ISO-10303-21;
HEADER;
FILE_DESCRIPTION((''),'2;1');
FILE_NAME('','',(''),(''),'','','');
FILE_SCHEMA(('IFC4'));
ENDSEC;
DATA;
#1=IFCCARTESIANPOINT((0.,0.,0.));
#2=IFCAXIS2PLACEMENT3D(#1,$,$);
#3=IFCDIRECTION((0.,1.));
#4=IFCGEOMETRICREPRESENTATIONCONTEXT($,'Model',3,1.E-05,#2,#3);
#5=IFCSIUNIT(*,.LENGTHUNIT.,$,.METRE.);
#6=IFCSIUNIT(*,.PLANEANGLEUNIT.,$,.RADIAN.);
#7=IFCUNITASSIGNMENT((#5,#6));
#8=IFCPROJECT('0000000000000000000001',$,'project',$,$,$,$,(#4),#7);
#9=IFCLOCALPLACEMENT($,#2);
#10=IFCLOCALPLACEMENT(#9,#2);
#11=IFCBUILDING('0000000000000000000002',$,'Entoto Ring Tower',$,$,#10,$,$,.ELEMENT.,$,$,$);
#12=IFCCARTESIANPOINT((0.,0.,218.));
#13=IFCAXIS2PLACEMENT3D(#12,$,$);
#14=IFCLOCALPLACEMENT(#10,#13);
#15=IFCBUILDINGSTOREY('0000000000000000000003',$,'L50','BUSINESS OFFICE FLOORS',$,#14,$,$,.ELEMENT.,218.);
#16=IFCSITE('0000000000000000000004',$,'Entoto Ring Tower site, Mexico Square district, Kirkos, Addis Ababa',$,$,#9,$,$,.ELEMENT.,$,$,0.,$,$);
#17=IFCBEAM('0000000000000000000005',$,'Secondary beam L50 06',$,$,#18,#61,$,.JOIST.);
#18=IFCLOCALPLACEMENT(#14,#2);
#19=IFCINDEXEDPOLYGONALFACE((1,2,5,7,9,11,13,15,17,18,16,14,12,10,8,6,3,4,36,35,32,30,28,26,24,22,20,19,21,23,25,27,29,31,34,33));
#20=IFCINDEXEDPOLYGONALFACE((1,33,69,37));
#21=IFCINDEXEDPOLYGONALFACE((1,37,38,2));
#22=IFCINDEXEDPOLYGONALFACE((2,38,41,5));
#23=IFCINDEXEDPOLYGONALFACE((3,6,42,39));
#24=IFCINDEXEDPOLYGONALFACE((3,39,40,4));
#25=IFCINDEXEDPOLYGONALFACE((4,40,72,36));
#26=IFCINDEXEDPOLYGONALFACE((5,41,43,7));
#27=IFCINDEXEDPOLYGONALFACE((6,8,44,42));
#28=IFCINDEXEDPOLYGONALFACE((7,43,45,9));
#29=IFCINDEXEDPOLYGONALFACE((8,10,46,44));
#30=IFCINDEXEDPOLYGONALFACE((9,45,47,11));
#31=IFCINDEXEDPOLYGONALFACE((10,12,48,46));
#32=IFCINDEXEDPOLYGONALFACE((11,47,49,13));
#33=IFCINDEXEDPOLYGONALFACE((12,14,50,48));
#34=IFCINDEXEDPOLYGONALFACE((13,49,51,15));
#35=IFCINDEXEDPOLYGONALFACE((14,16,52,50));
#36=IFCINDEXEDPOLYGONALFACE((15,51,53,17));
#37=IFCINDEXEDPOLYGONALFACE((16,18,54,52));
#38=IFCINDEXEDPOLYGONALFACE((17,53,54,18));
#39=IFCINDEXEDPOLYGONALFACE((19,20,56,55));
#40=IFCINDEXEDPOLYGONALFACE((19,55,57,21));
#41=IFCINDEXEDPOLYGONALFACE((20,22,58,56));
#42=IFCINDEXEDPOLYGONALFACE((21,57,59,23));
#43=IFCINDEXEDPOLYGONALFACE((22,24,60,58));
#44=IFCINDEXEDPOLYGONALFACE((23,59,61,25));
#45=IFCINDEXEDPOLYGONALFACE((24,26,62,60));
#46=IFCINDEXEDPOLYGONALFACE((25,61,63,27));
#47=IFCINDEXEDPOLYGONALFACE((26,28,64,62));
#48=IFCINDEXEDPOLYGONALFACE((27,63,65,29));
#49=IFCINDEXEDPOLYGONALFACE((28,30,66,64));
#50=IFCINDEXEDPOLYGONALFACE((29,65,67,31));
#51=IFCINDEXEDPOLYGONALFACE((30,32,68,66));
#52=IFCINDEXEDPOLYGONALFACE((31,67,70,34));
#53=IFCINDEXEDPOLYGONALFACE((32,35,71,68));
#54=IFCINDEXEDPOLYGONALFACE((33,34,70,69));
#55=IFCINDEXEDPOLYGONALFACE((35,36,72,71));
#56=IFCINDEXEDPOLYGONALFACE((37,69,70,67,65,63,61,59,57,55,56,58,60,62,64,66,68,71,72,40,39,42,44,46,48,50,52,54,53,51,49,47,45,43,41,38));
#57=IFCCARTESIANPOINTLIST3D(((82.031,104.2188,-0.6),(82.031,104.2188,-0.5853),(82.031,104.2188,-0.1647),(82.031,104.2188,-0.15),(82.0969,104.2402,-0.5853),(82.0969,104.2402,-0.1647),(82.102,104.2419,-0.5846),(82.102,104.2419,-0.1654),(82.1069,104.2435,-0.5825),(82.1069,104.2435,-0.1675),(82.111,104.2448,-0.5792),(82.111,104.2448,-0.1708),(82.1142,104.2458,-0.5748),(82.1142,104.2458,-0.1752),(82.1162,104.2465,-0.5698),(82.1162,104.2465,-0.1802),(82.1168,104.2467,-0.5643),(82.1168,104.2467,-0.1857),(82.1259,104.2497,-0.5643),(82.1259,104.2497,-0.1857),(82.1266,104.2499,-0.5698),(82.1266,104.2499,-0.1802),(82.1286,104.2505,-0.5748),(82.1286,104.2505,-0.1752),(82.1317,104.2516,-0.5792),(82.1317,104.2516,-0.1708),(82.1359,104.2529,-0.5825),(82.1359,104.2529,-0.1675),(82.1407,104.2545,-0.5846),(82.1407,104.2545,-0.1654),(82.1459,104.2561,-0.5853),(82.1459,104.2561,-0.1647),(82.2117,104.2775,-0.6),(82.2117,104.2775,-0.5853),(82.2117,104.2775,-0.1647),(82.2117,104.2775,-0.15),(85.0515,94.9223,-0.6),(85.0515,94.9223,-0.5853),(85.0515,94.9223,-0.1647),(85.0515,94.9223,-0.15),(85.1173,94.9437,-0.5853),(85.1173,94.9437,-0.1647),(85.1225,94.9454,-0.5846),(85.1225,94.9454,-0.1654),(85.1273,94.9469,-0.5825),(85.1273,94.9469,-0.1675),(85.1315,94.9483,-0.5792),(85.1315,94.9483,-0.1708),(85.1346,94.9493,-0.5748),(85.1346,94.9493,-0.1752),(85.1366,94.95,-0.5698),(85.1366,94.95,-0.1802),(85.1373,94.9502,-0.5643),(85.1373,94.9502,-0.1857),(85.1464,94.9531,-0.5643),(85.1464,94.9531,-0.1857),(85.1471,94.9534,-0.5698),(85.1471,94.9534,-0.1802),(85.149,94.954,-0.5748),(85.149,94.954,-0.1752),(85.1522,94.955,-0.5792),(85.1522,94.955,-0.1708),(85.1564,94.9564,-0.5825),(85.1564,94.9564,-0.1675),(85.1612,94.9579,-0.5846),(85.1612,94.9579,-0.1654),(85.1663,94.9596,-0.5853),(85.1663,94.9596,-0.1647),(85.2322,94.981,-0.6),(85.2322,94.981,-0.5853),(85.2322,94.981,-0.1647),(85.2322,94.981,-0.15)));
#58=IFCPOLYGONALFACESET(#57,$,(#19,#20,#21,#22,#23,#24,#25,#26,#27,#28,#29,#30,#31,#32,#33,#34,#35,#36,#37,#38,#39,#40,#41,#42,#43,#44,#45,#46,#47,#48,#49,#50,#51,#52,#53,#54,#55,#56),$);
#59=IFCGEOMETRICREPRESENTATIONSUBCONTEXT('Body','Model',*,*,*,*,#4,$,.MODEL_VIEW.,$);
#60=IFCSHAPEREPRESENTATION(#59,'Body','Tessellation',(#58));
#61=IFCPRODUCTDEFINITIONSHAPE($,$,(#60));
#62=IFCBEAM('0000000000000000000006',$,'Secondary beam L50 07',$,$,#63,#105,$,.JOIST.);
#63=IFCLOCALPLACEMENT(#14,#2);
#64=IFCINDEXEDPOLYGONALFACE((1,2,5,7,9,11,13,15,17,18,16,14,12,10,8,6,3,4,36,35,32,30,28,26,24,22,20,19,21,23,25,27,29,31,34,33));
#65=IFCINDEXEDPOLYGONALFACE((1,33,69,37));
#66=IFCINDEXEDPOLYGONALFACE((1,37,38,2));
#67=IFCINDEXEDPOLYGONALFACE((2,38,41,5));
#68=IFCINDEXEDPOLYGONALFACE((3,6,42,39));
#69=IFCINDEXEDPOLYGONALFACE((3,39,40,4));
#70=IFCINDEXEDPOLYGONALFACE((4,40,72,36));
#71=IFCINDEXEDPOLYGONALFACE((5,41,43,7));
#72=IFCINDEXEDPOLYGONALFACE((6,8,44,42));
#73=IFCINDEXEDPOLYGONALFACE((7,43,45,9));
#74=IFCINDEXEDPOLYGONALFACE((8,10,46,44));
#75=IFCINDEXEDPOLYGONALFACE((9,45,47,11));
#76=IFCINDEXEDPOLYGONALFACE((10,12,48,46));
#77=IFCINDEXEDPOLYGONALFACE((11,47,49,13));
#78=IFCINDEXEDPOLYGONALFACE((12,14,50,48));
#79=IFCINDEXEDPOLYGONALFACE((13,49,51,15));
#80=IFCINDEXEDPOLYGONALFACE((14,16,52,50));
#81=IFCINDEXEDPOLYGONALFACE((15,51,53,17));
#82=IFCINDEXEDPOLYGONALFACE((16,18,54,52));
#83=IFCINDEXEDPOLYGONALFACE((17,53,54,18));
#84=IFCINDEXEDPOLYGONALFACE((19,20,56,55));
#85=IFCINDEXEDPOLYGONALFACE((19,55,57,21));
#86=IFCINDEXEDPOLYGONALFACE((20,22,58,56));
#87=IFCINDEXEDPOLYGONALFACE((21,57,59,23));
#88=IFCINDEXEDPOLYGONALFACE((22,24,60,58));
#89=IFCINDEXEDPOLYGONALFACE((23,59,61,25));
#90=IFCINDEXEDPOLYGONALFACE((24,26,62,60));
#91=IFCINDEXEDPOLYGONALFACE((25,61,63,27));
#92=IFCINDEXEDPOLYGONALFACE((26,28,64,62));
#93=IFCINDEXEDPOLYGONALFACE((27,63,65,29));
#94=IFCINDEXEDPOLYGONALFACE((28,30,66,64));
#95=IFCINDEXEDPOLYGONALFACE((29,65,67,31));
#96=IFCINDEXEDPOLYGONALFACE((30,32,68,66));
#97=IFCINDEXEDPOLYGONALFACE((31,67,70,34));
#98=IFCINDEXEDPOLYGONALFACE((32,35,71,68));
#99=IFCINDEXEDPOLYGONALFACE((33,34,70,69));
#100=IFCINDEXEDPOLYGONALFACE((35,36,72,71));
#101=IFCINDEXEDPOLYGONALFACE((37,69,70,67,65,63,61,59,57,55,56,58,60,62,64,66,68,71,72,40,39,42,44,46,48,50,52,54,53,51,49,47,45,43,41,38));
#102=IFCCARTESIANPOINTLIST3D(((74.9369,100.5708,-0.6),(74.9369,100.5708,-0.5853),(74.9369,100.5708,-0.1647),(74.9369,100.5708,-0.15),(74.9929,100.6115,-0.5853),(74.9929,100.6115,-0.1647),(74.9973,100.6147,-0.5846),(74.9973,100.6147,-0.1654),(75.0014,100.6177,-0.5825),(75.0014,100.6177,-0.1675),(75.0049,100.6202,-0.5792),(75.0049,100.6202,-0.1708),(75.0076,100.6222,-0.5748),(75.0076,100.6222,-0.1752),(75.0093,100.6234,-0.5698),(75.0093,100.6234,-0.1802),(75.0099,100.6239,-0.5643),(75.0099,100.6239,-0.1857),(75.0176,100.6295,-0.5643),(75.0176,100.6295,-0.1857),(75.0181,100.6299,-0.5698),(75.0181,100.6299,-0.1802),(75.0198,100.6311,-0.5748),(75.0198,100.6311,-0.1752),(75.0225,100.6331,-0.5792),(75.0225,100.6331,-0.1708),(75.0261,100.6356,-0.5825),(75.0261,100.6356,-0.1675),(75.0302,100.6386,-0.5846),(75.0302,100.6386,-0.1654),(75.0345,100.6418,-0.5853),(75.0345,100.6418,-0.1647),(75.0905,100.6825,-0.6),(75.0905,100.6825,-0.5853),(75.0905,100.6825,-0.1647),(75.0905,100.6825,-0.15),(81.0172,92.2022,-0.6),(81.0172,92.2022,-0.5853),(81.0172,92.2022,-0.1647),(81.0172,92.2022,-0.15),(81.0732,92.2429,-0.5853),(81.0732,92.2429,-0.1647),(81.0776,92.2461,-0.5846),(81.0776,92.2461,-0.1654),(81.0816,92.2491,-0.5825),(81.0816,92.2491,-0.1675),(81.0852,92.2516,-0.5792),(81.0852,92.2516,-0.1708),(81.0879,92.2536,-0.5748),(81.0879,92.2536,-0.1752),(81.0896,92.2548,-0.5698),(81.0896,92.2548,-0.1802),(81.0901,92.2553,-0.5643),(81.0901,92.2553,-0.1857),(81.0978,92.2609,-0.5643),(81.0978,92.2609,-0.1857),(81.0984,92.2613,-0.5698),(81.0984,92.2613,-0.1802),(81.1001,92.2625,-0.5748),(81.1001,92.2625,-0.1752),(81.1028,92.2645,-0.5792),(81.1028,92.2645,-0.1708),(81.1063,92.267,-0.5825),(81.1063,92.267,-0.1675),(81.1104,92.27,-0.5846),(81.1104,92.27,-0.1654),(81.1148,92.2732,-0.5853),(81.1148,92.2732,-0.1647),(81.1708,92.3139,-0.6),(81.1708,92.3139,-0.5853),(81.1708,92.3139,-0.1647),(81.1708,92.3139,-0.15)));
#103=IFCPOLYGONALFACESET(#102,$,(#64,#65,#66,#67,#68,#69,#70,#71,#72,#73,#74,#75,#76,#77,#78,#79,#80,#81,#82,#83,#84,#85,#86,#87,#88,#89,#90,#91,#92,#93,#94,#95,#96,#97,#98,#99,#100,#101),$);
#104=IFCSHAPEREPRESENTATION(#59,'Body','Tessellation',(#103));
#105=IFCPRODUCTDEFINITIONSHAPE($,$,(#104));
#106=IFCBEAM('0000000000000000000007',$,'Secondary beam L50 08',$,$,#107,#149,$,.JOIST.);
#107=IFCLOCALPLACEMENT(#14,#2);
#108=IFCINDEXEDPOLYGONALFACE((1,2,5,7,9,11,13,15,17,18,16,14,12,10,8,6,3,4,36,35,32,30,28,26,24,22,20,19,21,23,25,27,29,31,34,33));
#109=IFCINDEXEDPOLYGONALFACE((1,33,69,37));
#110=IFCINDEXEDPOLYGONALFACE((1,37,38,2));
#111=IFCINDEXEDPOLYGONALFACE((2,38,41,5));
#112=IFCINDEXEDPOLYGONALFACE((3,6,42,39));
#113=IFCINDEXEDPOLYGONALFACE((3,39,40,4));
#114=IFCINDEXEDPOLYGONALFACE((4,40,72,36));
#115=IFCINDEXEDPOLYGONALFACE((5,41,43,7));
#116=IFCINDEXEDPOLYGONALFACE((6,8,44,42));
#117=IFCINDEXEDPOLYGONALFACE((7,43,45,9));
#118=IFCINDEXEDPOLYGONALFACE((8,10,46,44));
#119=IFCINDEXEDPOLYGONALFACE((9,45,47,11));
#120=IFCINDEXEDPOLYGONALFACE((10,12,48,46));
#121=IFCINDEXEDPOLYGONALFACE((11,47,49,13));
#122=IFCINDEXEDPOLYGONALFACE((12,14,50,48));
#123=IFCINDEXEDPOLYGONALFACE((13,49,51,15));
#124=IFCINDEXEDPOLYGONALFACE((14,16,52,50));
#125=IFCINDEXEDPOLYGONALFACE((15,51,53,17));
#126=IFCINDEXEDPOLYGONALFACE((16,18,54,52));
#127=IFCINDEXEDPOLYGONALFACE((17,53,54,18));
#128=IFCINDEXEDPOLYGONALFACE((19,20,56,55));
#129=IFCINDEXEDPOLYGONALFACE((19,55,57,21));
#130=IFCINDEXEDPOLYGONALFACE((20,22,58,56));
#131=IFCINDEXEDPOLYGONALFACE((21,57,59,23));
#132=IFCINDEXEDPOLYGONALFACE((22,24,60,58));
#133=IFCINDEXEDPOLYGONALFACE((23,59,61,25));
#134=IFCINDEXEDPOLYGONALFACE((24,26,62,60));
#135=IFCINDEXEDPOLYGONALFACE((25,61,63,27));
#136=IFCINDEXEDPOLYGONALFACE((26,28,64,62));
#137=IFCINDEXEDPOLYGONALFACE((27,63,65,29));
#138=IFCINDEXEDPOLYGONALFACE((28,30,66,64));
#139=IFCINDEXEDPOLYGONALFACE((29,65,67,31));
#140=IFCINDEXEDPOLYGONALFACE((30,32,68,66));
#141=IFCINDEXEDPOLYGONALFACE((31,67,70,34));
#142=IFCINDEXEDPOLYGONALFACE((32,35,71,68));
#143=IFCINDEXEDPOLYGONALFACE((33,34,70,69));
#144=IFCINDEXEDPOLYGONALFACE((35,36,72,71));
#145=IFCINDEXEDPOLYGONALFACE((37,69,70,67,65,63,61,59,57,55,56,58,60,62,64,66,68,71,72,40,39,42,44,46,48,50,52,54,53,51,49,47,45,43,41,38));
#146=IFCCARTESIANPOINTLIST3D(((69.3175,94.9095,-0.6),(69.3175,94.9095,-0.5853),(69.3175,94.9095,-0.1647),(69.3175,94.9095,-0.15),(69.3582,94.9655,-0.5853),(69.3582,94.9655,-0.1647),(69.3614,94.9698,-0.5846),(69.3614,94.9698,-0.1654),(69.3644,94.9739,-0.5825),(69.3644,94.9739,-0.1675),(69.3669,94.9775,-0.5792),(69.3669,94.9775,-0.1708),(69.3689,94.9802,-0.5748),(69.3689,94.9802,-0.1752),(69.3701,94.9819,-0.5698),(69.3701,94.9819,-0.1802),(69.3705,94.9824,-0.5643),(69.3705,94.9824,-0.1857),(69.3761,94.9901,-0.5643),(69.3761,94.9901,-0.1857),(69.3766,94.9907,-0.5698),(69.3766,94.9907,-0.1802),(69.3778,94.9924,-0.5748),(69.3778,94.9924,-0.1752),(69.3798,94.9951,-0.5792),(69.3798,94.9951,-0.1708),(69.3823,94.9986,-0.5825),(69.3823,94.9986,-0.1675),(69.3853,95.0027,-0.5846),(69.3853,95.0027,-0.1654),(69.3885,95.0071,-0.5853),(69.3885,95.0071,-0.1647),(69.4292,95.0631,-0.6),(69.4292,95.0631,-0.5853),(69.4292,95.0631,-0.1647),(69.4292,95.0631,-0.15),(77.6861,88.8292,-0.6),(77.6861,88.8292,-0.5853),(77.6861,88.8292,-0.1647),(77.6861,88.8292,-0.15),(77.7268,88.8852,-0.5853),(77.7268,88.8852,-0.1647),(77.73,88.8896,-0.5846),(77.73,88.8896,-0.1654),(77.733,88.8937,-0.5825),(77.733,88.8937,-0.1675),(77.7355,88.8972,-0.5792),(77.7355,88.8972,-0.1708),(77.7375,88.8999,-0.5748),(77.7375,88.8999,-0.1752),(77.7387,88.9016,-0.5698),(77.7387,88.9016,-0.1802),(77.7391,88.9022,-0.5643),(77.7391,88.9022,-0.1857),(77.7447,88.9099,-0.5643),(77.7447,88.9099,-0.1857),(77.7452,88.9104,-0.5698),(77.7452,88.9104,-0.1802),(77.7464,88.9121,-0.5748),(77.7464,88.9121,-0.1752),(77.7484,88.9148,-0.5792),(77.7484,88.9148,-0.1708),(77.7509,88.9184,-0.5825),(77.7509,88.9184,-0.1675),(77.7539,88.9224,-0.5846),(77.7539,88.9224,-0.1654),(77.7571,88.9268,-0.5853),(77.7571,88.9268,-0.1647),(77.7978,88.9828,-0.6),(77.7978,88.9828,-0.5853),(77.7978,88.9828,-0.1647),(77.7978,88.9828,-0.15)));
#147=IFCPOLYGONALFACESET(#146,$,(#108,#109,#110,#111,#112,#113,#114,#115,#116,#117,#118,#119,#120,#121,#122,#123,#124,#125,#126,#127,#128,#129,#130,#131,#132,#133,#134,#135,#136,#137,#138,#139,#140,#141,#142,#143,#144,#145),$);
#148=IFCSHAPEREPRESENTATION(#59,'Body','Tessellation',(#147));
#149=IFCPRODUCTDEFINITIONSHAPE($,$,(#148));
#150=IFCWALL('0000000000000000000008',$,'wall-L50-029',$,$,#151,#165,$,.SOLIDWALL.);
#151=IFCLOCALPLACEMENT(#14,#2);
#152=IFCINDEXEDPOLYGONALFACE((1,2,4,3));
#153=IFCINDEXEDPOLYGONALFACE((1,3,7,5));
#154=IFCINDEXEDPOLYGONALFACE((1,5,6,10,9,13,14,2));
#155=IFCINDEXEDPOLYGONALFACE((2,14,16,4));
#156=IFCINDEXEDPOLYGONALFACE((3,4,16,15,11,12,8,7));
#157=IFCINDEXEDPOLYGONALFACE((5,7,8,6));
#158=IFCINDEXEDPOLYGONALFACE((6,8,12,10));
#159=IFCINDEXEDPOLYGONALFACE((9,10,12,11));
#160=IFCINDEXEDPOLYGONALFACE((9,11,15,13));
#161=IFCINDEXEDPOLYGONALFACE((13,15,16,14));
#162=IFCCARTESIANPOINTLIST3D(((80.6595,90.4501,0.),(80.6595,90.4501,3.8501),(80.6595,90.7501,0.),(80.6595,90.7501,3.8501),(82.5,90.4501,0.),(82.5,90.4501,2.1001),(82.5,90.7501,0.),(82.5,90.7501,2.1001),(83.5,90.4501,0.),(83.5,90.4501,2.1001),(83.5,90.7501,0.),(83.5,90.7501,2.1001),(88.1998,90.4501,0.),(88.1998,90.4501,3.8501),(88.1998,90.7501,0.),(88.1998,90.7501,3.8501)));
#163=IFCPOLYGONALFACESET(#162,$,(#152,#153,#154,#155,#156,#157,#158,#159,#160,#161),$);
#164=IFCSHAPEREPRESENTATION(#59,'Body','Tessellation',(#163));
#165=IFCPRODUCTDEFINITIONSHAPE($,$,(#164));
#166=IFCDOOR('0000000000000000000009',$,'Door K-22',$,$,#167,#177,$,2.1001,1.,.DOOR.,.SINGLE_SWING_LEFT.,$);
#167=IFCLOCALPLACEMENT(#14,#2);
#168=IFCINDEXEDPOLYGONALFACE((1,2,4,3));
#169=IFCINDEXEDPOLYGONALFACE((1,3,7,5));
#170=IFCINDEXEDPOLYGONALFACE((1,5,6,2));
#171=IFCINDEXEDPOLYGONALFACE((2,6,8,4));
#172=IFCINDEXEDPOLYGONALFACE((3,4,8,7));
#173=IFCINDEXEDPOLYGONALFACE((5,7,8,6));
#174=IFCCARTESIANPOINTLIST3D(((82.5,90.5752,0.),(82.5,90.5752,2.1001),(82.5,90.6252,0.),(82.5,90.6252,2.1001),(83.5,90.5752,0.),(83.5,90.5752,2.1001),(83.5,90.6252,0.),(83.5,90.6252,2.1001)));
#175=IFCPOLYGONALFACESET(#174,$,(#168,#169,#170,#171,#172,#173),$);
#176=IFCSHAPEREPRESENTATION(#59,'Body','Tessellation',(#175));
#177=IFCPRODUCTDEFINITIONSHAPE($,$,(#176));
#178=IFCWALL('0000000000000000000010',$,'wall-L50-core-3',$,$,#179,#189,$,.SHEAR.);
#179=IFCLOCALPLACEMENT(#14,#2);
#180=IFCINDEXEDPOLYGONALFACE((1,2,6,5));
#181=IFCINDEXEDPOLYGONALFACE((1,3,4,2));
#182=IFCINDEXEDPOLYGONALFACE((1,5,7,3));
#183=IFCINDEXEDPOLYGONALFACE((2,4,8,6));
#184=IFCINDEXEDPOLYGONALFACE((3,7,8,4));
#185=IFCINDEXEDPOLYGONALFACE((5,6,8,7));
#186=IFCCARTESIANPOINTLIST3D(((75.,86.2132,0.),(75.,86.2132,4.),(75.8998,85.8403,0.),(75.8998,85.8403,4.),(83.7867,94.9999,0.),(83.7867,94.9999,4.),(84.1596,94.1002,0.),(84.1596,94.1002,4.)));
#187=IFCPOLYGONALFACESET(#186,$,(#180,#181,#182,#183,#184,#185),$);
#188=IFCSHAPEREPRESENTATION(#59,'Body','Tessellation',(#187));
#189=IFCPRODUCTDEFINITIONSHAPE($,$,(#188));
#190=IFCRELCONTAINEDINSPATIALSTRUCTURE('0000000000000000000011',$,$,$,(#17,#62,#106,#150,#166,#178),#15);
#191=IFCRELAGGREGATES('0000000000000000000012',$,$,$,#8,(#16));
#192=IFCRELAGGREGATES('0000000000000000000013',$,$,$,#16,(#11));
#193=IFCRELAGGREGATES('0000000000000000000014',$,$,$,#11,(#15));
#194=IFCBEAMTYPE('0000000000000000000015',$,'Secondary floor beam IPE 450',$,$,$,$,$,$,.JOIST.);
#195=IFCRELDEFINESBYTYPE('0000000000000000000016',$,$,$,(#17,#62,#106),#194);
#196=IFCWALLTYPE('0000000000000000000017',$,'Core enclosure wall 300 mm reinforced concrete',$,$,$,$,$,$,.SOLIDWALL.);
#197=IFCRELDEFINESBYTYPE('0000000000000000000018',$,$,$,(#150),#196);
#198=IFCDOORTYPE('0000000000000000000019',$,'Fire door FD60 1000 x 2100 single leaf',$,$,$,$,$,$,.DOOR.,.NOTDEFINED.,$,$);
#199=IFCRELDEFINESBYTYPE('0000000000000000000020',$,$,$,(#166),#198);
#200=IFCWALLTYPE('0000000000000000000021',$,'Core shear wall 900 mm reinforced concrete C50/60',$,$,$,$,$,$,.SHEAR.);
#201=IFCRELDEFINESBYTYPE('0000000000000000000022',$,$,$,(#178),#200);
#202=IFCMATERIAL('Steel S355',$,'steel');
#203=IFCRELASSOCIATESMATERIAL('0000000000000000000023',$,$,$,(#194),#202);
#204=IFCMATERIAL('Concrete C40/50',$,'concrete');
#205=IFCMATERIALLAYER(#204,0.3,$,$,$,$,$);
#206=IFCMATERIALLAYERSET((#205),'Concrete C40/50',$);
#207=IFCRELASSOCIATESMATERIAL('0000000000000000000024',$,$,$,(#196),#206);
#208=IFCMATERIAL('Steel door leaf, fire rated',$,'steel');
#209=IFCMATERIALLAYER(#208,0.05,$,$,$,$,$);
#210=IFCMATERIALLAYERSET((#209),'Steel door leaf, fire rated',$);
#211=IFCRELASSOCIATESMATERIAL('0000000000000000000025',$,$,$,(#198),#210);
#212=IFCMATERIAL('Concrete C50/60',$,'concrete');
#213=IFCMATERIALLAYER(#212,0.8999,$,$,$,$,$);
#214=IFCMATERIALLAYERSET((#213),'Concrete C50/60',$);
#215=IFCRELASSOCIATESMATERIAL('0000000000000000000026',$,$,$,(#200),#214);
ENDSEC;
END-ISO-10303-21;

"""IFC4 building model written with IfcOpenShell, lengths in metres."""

from ifc_helpers import new_model, si_unit, direction, frame, frame_2d, origin, origin_2d, place, context, subcontext, project, spatial, polyline, rectangle, i_section, outline, extrude, material, layer, layer_set, material_profile, profile_set, type_object, element, fill, save


model = new_model("IFC4")

# Units and contexts
model_context = context("Model", 3, precision=1e-05, world=origin(), true_north=direction((0.0, 1.0)))
body_context = subcontext(model_context, "Body", "Model", "MODEL_VIEW")
ifc_project = project(units=[si_unit("LENGTHUNIT", "METRE"), si_unit("PLANEANGLEUNIT", "RADIAN")], contexts=[model_context])

# Site, building, storey
site_placement = place(None, origin())
site = spatial("IfcSite", under=ifc_project, at=site_placement, Name="Entoto Ring Tower site, Mexico Square district, Kirkos, Addis Ababa", CompositionType="ELEMENT", RefElevation=0.0)
building_placement = place(site_placement, origin())
building = spatial("IfcBuilding", under=site, at=building_placement, Name="Entoto Ring Tower", CompositionType="ELEMENT")
storey_placement = place(building_placement, frame((0.0, 0.0, 218.0)))
storey = spatial("IfcBuildingStorey", under=building, at=storey_placement, Name="L50", Description="BUSINESS OFFICE FLOORS", CompositionType="ELEMENT", Elevation=218.0)

# Beams
ifc_material_1 = material(Name="Steel S355", Category="steel")
ifc_material_profile_1 = material_profile(ifc_material_1, i_section(OverallWidth=0.1899, OverallDepth=0.45, WebThickness=0.0095, FlangeThickness=0.0146, FilletRadius=0.021, at=origin_2d()), Name="IPE 450")
ifc_profile_set_1 = profile_set([ifc_material_profile_1], Name="Steel S355")
beam_type_1 = type_object("IfcBeamType", Name="Secondary floor beam IPE 450", PredefinedType="JOIST", material=ifc_profile_set_1)
beam_1_placement = place(storey_placement, frame((85.1418, 94.9517, -0.375), z_axis=(-0.309003, 0.951061, 0.0), x_axis=(-0.951061, -0.309003, 0.0)))
element("IfcBeam", 1, at=beam_1_placement, inside=storey, type_object=beam_type_1, Name="Secondary beam L50 06", PredefinedType="JOIST", context=body_context, shape_type="SweptSolid", body=[
    extrude(i_section(OverallWidth=0.1899, OverallDepth=0.45, WebThickness=0.0095, FlangeThickness=0.0146, FilletRadius=0.021, at=origin_2d()), origin(), (0.0, 0.0, 1.0), 9.7749),
])
for number, where, z_axis, x_axis, name in (
    (2, (81.094, 92.2581, -0.375), (-0.587794, 0.809011, 0.0), (-0.809011, -0.587794, 0.0), "Secondary beam L50 07"),
    (3, (77.7419, 88.906, -0.375), (-0.809011, 0.587794, 0.0), (-0.587794, -0.809011, 0.0), "Secondary beam L50 08"),
):
    element("IfcBeam", number, at=place(storey_placement, frame(where, z_axis=z_axis, x_axis=x_axis)), inside=storey, type_object=beam_type_1, Name=name, PredefinedType="JOIST", context=body_context, shape_type="SweptSolid", body=[
        extrude(i_section(OverallWidth=0.1899, OverallDepth=0.45, WebThickness=0.0095, FlangeThickness=0.0146, FilletRadius=0.021, at=origin_2d()), origin(), (0.0, 0.0, 1.0), 10.3442),
    ])

# Wall, opening, door
ifc_material_2 = material(Name="Concrete C40/50", Category="concrete")
ifc_layer_1 = layer(ifc_material_2, 0.3)
ifc_layer_set_1 = layer_set([ifc_layer_1], Name="Concrete C40/50")
wall_type_1 = type_object("IfcWallType", Name="Core enclosure wall 300 mm reinforced concrete", PredefinedType="SOLIDWALL", material=ifc_layer_set_1)
wall_1_placement = place(storey_placement, frame((80.6597, 90.6001, 0.0), z_axis=(0.0, 0.0, 1.0), x_axis=(1.0, 0.0, 0.0)))
wall_1 = element("IfcWall", 4, at=wall_1_placement, inside=storey, type_object=wall_type_1, Name="wall-L50-029", PredefinedType="SOLIDWALL", context=body_context, shape_type="SweptSolid", body=[
    extrude(rectangle(XDim=7.5403, YDim=0.3, at=frame_2d((3.77, 0.0))), origin(), (0.0, 0.0, 1.0), 3.8501),
])
opening_1_placement = place(wall_1_placement, frame((1.8403, 0.0, 0.0)))
opening_1 = element("IfcOpeningElement", 5, at=opening_1_placement, cuts=wall_1, PredefinedType="OPENING", context=body_context, shape_type="SweptSolid", body=[
    extrude(rectangle(XDim=1.0, YDim=2.1001, at=frame_2d((0.5, 1.05))), frame((0.0, 0.1602, 0.0), z_axis=(0.0, -1.0, 0.0), x_axis=(1.0, 0.0, 0.0)), (0.0, 0.0, 1.0), 0.3201),
])
ifc_material_3 = material(Name="Steel door leaf, fire rated", Category="steel")
ifc_layer_2 = layer(ifc_material_3, 0.05)
ifc_layer_set_2 = layer_set([ifc_layer_2], Name="Steel door leaf, fire rated")
door_type_1 = type_object("IfcDoorType", Name="Fire door FD60 1000 x 2100 single leaf", OperationType="NOTDEFINED", PredefinedType="DOOR", material=ifc_layer_set_2)
door_1_placement = place(opening_1_placement, frame((1.0, 0.0, 0.0), z_axis=(0.0, 0.0, 1.0), x_axis=(-1.0, 0.0, 0.0)))
door_1 = element("IfcDoor", 6, at=door_1_placement, inside=storey, type_object=door_type_1, Name="Door K-22", OperationType="SINGLE_SWING_LEFT", OverallHeight=2.1001, OverallWidth=1.0, PredefinedType="DOOR", context=body_context, shape_type="SweptSolid", body=[
    extrude(rectangle(XDim=1.0, YDim=2.1001, at=frame_2d((0.5, 1.05))), frame((0.0, 0.0249, 0.0), z_axis=(0.0, -1.0, 0.0), x_axis=(1.0, 0.0, 0.0)), (0.0, 0.0, 1.0), 0.05),
])
fill(opening_1, door_1)

# Wall
ifc_material_4 = material(Name="Concrete C50/60", Category="concrete")
ifc_layer_3 = layer(ifc_material_4, 0.8999)
ifc_layer_set_3 = layer_set([ifc_layer_3], Name="Concrete C50/60")
wall_type_2 = type_object("IfcWallType", Name="Core shear wall 900 mm reinforced concrete C50/60", PredefinedType="SHEAR", material=ifc_layer_set_3)
wall_2_placement = place(storey_placement, frame((83.9731, 94.55, 0.0), z_axis=(0.0, 0.0, 1.0), x_axis=(-0.707107, -0.707107, 0.0)))
element("IfcWall", 7, at=wall_2_placement, inside=storey, type_object=wall_type_2, Name="wall-L50-core-3", PredefinedType="SHEAR", context=body_context, shape_type="SweptSolid", body=[
    extrude(outline(polyline([(-0.1863, -0.45), (12.24, -0.45), (11.8674, 0.45), (0.1863, 0.45), (-0.1863, -0.45)])), origin(), (0.0, 0.0, 1.0), 4.0),
])

save(model, "model.ifc")
